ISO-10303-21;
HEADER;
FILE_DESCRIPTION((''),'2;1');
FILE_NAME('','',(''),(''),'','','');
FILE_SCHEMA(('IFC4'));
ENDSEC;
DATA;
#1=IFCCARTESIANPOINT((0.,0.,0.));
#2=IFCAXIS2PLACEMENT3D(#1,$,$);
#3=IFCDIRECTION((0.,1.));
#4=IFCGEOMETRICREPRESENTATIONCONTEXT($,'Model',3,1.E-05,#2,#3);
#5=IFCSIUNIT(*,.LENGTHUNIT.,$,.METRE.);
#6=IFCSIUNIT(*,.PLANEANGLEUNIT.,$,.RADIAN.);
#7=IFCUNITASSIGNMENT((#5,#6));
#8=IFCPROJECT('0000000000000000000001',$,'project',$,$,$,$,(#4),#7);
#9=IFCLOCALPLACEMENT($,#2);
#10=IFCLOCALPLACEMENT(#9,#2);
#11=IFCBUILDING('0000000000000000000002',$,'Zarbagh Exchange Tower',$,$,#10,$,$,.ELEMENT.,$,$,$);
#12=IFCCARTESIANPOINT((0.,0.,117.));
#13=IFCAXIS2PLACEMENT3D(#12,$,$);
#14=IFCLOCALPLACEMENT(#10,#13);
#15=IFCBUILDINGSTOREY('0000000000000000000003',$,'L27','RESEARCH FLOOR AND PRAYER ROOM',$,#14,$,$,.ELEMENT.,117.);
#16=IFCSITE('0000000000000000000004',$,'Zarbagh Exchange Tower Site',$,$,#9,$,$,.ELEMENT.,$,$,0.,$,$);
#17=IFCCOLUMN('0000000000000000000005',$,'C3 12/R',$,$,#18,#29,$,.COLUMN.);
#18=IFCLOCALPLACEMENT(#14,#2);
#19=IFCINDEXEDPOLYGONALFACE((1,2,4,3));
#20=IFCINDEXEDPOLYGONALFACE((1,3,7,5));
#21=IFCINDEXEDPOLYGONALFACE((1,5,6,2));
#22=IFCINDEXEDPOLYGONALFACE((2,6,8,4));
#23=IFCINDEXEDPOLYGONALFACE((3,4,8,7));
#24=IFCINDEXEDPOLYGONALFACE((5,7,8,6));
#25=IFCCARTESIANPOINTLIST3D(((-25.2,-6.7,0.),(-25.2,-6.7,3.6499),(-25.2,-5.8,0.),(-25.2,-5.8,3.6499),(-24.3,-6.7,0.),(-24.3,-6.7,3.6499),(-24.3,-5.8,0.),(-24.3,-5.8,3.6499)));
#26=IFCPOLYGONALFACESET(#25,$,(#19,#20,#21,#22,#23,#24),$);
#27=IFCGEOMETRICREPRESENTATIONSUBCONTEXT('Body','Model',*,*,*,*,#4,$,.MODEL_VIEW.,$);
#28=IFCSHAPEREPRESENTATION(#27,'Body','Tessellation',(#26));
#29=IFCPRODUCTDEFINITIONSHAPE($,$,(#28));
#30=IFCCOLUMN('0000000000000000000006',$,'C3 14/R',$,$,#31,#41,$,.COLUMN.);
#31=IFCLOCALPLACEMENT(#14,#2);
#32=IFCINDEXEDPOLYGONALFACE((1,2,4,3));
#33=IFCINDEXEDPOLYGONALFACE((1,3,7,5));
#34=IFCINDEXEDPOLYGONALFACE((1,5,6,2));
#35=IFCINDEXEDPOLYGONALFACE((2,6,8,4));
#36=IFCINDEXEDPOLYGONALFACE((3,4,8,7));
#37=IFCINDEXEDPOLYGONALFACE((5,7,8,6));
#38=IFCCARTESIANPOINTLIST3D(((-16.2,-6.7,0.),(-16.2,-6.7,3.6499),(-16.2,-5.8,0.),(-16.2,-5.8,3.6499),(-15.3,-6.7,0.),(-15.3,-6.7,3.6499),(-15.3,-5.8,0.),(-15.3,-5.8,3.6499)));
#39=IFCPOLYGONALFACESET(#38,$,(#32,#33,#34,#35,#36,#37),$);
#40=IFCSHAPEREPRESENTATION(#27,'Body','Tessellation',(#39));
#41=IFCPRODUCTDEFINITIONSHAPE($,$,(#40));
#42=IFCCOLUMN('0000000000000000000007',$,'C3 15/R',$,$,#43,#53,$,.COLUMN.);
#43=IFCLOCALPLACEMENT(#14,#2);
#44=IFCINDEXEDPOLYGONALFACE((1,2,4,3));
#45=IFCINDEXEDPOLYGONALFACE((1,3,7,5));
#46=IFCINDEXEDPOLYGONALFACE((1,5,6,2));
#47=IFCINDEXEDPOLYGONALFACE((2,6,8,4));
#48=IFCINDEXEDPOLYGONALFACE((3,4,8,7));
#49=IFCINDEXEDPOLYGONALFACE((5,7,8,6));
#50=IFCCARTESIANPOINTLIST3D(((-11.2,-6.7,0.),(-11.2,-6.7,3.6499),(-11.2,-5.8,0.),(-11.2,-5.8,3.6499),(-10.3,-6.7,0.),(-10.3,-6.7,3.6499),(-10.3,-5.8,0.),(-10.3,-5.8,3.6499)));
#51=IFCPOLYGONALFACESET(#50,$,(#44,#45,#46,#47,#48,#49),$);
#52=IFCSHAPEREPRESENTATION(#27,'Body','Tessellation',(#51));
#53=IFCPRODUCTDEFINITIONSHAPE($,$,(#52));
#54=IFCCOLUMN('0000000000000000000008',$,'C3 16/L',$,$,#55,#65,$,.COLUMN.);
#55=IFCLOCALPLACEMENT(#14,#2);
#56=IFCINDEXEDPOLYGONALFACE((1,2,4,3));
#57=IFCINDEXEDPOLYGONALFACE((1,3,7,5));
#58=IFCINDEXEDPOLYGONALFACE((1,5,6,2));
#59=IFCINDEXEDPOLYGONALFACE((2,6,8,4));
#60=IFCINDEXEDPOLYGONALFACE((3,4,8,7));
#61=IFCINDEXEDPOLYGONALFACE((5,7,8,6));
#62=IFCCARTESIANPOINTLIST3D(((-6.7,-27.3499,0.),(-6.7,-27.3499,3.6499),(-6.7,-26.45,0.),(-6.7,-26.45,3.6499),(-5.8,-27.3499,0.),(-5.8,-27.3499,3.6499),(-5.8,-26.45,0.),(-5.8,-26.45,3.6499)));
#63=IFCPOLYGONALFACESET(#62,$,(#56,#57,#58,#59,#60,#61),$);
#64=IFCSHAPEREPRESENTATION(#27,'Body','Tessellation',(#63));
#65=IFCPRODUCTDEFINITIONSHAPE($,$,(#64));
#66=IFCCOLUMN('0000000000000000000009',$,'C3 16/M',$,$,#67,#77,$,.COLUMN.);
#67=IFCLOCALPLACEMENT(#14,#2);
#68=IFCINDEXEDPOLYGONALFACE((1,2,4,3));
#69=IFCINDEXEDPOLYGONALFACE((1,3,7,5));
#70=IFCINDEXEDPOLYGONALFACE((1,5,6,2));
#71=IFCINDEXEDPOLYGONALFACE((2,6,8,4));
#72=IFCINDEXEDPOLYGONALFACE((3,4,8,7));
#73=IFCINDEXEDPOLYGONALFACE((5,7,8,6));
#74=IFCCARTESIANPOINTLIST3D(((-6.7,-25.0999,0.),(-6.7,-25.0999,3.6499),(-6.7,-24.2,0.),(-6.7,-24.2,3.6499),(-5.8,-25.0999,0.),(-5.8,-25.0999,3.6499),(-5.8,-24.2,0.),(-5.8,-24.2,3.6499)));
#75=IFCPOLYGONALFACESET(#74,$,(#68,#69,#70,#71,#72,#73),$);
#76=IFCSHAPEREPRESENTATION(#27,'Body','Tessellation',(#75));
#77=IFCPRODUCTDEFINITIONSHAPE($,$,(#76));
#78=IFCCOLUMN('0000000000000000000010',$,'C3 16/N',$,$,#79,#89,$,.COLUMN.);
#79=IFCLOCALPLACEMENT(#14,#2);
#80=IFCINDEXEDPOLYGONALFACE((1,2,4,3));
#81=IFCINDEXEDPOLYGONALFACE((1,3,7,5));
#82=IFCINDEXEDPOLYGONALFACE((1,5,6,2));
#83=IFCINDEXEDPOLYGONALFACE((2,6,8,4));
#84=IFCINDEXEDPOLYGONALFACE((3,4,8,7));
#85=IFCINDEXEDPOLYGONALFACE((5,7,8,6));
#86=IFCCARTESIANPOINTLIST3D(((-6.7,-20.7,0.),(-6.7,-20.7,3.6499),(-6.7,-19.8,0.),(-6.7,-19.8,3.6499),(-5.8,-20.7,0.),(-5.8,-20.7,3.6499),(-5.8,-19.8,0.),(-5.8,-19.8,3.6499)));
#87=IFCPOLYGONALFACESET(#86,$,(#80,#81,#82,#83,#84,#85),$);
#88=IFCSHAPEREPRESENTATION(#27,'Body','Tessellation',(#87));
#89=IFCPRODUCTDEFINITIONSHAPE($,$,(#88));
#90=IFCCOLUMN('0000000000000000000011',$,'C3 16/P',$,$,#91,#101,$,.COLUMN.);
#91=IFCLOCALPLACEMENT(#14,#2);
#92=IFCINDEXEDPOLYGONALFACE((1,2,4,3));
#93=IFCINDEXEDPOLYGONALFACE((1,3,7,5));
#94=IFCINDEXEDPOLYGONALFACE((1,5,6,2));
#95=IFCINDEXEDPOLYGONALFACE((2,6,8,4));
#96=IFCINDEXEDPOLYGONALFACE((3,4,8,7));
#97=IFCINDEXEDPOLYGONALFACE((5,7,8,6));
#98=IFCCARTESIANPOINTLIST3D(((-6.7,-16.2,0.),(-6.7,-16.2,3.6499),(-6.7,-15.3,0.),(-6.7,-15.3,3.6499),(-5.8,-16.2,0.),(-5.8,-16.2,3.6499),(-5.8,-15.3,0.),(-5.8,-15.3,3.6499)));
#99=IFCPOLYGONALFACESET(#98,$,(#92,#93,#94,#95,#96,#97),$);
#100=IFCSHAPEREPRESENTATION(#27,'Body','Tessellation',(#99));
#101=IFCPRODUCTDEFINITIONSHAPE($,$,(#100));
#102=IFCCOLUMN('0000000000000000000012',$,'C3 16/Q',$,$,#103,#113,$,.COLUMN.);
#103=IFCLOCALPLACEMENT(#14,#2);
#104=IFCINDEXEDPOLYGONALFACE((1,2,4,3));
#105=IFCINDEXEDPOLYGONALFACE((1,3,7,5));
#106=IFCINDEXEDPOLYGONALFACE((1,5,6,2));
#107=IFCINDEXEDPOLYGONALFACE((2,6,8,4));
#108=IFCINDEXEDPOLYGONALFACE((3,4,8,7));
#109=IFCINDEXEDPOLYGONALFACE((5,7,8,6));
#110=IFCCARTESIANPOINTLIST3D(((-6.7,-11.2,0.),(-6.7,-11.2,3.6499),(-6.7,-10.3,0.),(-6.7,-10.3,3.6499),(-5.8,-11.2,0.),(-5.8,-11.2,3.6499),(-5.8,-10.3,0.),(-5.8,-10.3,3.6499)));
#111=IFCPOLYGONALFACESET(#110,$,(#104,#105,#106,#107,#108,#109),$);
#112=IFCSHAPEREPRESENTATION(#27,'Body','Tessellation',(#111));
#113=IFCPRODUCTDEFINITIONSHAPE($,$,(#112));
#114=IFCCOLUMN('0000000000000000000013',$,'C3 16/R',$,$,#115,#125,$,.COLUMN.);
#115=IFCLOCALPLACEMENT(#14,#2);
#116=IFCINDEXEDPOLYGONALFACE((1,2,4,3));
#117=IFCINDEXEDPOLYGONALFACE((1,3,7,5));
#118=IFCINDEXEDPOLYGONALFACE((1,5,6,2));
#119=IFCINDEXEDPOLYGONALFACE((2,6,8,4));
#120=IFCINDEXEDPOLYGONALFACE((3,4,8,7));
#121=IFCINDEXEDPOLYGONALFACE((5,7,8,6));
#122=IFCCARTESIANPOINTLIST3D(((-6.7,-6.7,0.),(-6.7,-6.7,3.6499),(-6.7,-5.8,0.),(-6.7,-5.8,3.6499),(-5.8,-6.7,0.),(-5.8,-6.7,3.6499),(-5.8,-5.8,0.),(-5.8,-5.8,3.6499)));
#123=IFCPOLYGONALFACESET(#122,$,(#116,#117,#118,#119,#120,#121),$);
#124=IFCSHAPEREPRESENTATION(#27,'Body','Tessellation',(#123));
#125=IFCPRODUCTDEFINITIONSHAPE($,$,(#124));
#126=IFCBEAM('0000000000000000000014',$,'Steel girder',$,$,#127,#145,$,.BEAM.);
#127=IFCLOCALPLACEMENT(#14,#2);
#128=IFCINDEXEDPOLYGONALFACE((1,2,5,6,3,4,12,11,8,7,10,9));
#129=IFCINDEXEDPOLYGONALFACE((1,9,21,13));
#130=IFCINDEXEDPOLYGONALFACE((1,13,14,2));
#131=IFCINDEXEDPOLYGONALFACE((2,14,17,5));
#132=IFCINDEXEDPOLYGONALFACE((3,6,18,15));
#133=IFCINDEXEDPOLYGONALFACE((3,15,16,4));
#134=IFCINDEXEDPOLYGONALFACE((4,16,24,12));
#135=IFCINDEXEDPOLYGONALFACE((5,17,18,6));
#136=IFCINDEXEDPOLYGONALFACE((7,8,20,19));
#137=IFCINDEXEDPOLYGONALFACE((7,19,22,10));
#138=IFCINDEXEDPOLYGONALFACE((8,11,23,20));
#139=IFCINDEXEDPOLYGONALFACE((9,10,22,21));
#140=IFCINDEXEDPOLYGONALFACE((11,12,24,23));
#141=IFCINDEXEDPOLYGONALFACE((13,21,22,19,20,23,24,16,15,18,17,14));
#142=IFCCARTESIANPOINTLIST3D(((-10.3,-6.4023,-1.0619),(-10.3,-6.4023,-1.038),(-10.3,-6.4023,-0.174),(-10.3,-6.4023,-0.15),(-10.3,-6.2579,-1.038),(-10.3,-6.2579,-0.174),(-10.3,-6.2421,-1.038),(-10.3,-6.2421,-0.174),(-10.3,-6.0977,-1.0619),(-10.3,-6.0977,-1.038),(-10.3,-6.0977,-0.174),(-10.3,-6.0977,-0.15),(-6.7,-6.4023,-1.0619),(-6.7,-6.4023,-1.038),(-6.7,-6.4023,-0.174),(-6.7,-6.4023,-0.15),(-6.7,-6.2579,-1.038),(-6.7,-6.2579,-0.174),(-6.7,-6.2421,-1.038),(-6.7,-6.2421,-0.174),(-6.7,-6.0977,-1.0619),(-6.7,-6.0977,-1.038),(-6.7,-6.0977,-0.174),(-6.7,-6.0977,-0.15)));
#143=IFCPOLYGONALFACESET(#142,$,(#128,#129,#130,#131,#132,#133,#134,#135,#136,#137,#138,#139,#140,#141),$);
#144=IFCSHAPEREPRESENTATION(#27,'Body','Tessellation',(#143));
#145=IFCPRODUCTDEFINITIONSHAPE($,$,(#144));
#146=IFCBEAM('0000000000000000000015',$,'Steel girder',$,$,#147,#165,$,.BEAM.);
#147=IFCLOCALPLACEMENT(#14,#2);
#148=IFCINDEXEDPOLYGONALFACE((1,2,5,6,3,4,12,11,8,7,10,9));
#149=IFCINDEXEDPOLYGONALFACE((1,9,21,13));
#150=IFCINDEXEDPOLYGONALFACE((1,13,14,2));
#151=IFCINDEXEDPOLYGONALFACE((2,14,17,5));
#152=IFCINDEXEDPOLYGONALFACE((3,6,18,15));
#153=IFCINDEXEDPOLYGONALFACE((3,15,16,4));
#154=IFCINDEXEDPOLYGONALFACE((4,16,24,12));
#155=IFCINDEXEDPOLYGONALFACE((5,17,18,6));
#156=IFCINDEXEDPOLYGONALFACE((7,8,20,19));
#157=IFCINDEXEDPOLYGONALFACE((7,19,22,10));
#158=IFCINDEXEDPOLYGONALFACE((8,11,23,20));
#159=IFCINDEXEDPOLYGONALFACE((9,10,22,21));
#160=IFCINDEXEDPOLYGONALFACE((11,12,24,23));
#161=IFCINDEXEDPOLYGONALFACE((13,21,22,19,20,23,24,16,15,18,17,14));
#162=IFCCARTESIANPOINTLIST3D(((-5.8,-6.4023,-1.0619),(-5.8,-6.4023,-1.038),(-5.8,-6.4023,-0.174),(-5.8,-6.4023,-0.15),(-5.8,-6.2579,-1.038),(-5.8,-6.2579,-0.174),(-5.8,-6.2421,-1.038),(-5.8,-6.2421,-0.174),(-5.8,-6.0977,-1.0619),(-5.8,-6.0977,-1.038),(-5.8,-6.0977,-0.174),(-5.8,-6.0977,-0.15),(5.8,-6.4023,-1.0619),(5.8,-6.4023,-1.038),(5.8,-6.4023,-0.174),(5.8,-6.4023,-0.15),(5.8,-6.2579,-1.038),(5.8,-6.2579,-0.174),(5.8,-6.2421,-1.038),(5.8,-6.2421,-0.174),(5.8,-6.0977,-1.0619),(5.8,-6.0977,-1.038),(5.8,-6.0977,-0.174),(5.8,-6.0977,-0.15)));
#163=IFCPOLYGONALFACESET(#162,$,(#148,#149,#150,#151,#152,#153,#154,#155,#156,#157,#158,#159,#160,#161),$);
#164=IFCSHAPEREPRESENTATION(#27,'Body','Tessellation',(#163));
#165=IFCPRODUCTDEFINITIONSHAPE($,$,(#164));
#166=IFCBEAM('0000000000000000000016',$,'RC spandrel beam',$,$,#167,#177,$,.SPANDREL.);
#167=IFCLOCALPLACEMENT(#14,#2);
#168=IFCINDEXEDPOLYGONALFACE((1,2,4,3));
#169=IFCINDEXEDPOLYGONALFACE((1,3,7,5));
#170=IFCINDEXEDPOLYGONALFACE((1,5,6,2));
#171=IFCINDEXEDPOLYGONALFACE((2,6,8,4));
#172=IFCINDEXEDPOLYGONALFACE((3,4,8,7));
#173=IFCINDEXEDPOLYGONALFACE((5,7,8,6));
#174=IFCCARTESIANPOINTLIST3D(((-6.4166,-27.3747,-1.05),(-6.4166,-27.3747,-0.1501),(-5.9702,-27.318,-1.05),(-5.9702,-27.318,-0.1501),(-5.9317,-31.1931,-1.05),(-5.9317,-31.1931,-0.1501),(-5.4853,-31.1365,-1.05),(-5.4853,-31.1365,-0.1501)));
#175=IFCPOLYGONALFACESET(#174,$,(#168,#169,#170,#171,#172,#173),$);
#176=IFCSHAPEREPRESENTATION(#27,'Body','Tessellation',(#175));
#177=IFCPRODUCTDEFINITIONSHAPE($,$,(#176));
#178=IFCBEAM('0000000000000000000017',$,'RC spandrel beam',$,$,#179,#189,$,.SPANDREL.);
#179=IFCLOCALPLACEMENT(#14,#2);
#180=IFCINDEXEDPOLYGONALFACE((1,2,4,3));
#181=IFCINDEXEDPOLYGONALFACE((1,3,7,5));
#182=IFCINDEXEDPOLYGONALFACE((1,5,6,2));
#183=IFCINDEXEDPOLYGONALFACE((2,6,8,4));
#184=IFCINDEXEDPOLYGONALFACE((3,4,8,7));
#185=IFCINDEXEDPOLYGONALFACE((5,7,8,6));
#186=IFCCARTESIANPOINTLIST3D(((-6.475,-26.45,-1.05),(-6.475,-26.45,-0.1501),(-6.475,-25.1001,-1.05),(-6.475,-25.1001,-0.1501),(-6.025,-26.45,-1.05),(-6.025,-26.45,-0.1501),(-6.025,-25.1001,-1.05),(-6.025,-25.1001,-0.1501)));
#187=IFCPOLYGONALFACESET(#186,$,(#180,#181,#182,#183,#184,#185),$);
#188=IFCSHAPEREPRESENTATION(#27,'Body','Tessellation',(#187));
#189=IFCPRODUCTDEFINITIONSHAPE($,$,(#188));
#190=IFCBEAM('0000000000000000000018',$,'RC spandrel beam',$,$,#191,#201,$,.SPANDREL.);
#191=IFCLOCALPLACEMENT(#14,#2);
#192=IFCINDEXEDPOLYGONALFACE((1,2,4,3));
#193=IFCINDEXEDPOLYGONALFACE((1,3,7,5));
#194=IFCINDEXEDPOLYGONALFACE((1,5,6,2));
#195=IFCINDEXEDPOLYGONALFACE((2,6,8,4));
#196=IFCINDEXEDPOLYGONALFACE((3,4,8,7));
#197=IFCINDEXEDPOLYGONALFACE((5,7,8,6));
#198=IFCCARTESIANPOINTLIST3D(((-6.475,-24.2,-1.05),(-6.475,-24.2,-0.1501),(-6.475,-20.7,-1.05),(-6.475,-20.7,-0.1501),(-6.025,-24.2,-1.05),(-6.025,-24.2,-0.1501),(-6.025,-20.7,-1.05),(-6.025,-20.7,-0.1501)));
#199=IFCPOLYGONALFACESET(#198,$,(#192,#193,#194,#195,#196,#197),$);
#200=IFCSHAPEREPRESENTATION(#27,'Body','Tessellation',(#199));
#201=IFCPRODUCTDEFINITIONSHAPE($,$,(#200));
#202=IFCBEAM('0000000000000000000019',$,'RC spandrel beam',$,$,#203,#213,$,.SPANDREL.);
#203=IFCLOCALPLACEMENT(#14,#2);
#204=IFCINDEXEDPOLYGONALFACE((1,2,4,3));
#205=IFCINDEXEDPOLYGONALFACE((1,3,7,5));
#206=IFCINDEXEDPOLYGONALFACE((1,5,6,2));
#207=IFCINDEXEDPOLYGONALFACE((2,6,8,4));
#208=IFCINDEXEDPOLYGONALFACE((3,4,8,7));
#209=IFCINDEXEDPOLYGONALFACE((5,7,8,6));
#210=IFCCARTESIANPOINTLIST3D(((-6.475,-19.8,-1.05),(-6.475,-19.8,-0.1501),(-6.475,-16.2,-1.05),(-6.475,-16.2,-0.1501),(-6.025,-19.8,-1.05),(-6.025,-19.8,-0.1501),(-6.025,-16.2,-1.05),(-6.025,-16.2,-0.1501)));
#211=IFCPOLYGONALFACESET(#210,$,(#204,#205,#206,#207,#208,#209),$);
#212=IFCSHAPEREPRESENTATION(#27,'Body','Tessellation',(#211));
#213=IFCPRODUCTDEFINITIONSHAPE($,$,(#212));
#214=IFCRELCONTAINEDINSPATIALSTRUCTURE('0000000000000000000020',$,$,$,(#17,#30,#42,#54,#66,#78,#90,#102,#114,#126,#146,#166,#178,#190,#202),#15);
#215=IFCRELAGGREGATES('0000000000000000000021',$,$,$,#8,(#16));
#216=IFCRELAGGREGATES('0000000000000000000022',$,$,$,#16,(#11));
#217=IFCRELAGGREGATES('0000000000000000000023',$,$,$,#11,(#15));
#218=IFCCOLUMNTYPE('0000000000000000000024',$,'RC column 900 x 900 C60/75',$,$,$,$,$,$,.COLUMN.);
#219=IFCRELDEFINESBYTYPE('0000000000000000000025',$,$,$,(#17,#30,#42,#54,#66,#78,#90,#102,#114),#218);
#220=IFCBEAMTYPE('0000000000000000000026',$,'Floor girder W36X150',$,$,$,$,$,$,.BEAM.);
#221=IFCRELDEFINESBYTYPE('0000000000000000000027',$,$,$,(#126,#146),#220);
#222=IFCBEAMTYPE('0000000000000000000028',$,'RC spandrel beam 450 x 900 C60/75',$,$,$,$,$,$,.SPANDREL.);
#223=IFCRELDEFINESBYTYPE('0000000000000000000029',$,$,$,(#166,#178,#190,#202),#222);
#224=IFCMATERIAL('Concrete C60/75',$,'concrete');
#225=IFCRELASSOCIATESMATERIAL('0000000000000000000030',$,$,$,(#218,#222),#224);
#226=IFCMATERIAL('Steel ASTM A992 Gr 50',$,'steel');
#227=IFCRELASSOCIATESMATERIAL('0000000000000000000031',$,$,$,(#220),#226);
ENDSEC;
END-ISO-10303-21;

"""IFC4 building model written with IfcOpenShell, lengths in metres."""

from ifc_helpers import new_model, si_unit, direction, frame, origin, origin_2d, place, context, subcontext, project, spatial, rectangle, i_section, extrude, material, material_profile, profile_set, type_object, element, save


model = new_model("IFC4")

# Units and contexts
model_context = context("Model", 3, precision=1e-05, world=origin(), true_north=direction((0.0, 1.0)))
body_context = subcontext(model_context, "Body", "Model", "MODEL_VIEW")
ifc_project = project(units=[si_unit("LENGTHUNIT", "METRE"), si_unit("PLANEANGLEUNIT", "RADIAN")], contexts=[model_context])

# Site, building, storey
site_placement = place(None, origin())
site = spatial("IfcSite", under=ifc_project, at=site_placement, Name="Zarbagh Exchange Tower Site", CompositionType="ELEMENT", RefElevation=0.0)
building_placement = place(site_placement, origin())
building = spatial("IfcBuilding", under=site, at=building_placement, Name="Zarbagh Exchange Tower", CompositionType="ELEMENT")
storey_placement = place(building_placement, frame((0.0, 0.0, 117.0)))
storey = spatial("IfcBuildingStorey", under=building, at=storey_placement, Name="L27", Description="RESEARCH FLOOR AND PRAYER ROOM", CompositionType="ELEMENT", Elevation=117.0)

# Columns
ifc_material_1 = material(Name="Concrete C60/75", Category="concrete")
ifc_material_profile_1 = material_profile(ifc_material_1, rectangle(XDim=0.8999, YDim=0.8999, at=origin_2d()), Name="RC column 900 x 900 C60/75")
ifc_profile_set_1 = profile_set([ifc_material_profile_1], Name="Concrete C60/75")
column_type = type_object("IfcColumnType", Name="RC column 900 x 900 C60/75", PredefinedType="COLUMN", material=ifc_profile_set_1)
for number, where, z_axis, x_axis, name in (
    (1, (-24.75, -6.25, 0.0), (0.0, 0.0, 1.0), (1.0, 0.0, 0.0), "C3 12/R"),
    (2, (-15.75, -6.25, 0.0), (0.0, 0.0, 1.0), (1.0, 0.0, 0.0), "C3 14/R"),
    (3, (-10.75, -6.25, 0.0), (0.0, 0.0, 1.0), (1.0, 0.0, 0.0), "C3 15/R"),
    (4, (-6.25, -26.8999, 0.0), (0.0, 0.0, 1.0), (1.0, 0.0, 0.0), "C3 16/L"),
    (5, (-6.25, -24.6499, 0.0), (0.0, 0.0, 1.0), (1.0, 0.0, 0.0), "C3 16/M"),
    (6, (-6.25, -20.25, 0.0), (0.0, 0.0, 1.0), (1.0, 0.0, 0.0), "C3 16/N"),
    (7, (-6.25, -15.75, 0.0), (0.0, 0.0, 1.0), (1.0, 0.0, 0.0), "C3 16/P"),
    (8, (-6.25, -10.75, 0.0), (0.0, 0.0, 1.0), (1.0, 0.0, 0.0), "C3 16/Q"),
    (9, (-6.25, -6.25, 0.0), (0.0, 0.0, 1.0), (1.0, 0.0, 0.0), "C3 16/R"),
):
    element("IfcColumn", number, at=place(storey_placement, frame(where, z_axis=z_axis, x_axis=x_axis)), inside=storey, type_object=column_type, Name=name, PredefinedType="COLUMN", context=body_context, shape_type="SweptSolid", body=[
        extrude(rectangle(XDim=0.8999, YDim=0.8999, at=origin_2d()), origin(), (0.0, 0.0, 1.0), 3.6499),
    ])

# Beams
ifc_material_2 = material(Name="Steel ASTM A992 Gr 50", Category="steel")
ifc_material_profile_2 = material_profile(ifc_material_2, i_section(OverallWidth=0.3047, OverallDepth=0.9119, WebThickness=0.0159, FlangeThickness=0.0239, at=origin_2d()), Name="W36X150")
ifc_profile_set_2 = profile_set([ifc_material_profile_2], Name="Steel ASTM A992 Gr 50")
beam_type_1 = type_object("IfcBeamType", Name="Floor girder W36X150", PredefinedType="BEAM", material=ifc_profile_set_2)
beam_1_placement = place(storey_placement, frame((-10.3, -6.25, -0.606), z_axis=(1.0, 0.0, 0.0), x_axis=(0.0, 1.0, 0.0)))
element("IfcBeam", 10, at=beam_1_placement, inside=storey, type_object=beam_type_1, Name="Steel girder", PredefinedType="BEAM", context=body_context, shape_type="SweptSolid", body=[
    extrude(i_section(OverallWidth=0.3047, OverallDepth=0.9119, WebThickness=0.0159, FlangeThickness=0.0239, at=origin_2d()), origin(), (0.0, 0.0, 1.0), 3.6001),
])
beam_2_placement = place(storey_placement, frame((-5.8, -6.25, -0.606), z_axis=(1.0, 0.0, 0.0), x_axis=(0.0, 1.0, 0.0)))
element("IfcBeam", 11, at=beam_2_placement, inside=storey, type_object=beam_type_1, Name="Steel girder", PredefinedType="BEAM", context=body_context, shape_type="SweptSolid", body=[
    extrude(i_section(OverallWidth=0.3047, OverallDepth=0.9119, WebThickness=0.0159, FlangeThickness=0.0239, at=origin_2d()), origin(), (0.0, 0.0, 1.0), 11.6001),
])
ifc_material_profile_3 = material_profile(ifc_material_1, rectangle(XDim=0.45, YDim=0.8999, at=origin_2d()), Name="RC spandrel beam 450 x 900 C60/75")
ifc_profile_set_3 = profile_set([ifc_material_profile_3], Name="Concrete C60/75")
beam_type_2 = type_object("IfcBeamType", Name="RC spandrel beam 450 x 900 C60/75", PredefinedType="SPANDREL", material=ifc_profile_set_3)
beam_3_placement = place(storey_placement, frame((-5.7085, -31.1648, -0.6001), z_axis=(-0.125971, 0.992034, 0.0), x_axis=(-0.992034, -0.125971, 0.0)))
element("IfcBeam", 12, at=beam_3_placement, inside=storey, type_object=beam_type_2, Name="RC spandrel beam", PredefinedType="SPANDREL", context=body_context, shape_type="SweptSolid", body=[
    extrude(rectangle(XDim=0.45, YDim=0.8999, at=origin_2d()), origin(), (0.0, 0.0, 1.0), 3.8491),
])
beam_4_placement = place(storey_placement, frame((-6.25, -26.45, -0.6001), z_axis=(0.0, 1.0, 0.0), x_axis=(-1.0, 0.0, 0.0)))
element("IfcBeam", 13, at=beam_4_placement, inside=storey, type_object=beam_type_2, Name="RC spandrel beam", PredefinedType="SPANDREL", context=body_context, shape_type="SweptSolid", body=[
    extrude(rectangle(XDim=0.45, YDim=0.8999, at=origin_2d()), origin(), (0.0, 0.0, 1.0), 1.3499),
])
beam_5_placement = place(storey_placement, frame((-6.25, -24.2, -0.6001), z_axis=(0.0, 1.0, 0.0), x_axis=(-1.0, 0.0, 0.0)))
element("IfcBeam", 14, at=beam_5_placement, inside=storey, type_object=beam_type_2, Name="RC spandrel beam", PredefinedType="SPANDREL", context=body_context, shape_type="SweptSolid", body=[
    extrude(rectangle(XDim=0.45, YDim=0.8999, at=origin_2d()), origin(), (0.0, 0.0, 1.0), 3.5),
])
beam_6_placement = place(storey_placement, frame((-6.25, -19.8, -0.6001), z_axis=(0.0, 1.0, 0.0), x_axis=(-1.0, 0.0, 0.0)))
element("IfcBeam", 15, at=beam_6_placement, inside=storey, type_object=beam_type_2, Name="RC spandrel beam", PredefinedType="SPANDREL", context=body_context, shape_type="SweptSolid", body=[
    extrude(rectangle(XDim=0.45, YDim=0.8999, at=origin_2d()), origin(), (0.0, 0.0, 1.0), 3.6001),
])

save(model, "model.ifc")
